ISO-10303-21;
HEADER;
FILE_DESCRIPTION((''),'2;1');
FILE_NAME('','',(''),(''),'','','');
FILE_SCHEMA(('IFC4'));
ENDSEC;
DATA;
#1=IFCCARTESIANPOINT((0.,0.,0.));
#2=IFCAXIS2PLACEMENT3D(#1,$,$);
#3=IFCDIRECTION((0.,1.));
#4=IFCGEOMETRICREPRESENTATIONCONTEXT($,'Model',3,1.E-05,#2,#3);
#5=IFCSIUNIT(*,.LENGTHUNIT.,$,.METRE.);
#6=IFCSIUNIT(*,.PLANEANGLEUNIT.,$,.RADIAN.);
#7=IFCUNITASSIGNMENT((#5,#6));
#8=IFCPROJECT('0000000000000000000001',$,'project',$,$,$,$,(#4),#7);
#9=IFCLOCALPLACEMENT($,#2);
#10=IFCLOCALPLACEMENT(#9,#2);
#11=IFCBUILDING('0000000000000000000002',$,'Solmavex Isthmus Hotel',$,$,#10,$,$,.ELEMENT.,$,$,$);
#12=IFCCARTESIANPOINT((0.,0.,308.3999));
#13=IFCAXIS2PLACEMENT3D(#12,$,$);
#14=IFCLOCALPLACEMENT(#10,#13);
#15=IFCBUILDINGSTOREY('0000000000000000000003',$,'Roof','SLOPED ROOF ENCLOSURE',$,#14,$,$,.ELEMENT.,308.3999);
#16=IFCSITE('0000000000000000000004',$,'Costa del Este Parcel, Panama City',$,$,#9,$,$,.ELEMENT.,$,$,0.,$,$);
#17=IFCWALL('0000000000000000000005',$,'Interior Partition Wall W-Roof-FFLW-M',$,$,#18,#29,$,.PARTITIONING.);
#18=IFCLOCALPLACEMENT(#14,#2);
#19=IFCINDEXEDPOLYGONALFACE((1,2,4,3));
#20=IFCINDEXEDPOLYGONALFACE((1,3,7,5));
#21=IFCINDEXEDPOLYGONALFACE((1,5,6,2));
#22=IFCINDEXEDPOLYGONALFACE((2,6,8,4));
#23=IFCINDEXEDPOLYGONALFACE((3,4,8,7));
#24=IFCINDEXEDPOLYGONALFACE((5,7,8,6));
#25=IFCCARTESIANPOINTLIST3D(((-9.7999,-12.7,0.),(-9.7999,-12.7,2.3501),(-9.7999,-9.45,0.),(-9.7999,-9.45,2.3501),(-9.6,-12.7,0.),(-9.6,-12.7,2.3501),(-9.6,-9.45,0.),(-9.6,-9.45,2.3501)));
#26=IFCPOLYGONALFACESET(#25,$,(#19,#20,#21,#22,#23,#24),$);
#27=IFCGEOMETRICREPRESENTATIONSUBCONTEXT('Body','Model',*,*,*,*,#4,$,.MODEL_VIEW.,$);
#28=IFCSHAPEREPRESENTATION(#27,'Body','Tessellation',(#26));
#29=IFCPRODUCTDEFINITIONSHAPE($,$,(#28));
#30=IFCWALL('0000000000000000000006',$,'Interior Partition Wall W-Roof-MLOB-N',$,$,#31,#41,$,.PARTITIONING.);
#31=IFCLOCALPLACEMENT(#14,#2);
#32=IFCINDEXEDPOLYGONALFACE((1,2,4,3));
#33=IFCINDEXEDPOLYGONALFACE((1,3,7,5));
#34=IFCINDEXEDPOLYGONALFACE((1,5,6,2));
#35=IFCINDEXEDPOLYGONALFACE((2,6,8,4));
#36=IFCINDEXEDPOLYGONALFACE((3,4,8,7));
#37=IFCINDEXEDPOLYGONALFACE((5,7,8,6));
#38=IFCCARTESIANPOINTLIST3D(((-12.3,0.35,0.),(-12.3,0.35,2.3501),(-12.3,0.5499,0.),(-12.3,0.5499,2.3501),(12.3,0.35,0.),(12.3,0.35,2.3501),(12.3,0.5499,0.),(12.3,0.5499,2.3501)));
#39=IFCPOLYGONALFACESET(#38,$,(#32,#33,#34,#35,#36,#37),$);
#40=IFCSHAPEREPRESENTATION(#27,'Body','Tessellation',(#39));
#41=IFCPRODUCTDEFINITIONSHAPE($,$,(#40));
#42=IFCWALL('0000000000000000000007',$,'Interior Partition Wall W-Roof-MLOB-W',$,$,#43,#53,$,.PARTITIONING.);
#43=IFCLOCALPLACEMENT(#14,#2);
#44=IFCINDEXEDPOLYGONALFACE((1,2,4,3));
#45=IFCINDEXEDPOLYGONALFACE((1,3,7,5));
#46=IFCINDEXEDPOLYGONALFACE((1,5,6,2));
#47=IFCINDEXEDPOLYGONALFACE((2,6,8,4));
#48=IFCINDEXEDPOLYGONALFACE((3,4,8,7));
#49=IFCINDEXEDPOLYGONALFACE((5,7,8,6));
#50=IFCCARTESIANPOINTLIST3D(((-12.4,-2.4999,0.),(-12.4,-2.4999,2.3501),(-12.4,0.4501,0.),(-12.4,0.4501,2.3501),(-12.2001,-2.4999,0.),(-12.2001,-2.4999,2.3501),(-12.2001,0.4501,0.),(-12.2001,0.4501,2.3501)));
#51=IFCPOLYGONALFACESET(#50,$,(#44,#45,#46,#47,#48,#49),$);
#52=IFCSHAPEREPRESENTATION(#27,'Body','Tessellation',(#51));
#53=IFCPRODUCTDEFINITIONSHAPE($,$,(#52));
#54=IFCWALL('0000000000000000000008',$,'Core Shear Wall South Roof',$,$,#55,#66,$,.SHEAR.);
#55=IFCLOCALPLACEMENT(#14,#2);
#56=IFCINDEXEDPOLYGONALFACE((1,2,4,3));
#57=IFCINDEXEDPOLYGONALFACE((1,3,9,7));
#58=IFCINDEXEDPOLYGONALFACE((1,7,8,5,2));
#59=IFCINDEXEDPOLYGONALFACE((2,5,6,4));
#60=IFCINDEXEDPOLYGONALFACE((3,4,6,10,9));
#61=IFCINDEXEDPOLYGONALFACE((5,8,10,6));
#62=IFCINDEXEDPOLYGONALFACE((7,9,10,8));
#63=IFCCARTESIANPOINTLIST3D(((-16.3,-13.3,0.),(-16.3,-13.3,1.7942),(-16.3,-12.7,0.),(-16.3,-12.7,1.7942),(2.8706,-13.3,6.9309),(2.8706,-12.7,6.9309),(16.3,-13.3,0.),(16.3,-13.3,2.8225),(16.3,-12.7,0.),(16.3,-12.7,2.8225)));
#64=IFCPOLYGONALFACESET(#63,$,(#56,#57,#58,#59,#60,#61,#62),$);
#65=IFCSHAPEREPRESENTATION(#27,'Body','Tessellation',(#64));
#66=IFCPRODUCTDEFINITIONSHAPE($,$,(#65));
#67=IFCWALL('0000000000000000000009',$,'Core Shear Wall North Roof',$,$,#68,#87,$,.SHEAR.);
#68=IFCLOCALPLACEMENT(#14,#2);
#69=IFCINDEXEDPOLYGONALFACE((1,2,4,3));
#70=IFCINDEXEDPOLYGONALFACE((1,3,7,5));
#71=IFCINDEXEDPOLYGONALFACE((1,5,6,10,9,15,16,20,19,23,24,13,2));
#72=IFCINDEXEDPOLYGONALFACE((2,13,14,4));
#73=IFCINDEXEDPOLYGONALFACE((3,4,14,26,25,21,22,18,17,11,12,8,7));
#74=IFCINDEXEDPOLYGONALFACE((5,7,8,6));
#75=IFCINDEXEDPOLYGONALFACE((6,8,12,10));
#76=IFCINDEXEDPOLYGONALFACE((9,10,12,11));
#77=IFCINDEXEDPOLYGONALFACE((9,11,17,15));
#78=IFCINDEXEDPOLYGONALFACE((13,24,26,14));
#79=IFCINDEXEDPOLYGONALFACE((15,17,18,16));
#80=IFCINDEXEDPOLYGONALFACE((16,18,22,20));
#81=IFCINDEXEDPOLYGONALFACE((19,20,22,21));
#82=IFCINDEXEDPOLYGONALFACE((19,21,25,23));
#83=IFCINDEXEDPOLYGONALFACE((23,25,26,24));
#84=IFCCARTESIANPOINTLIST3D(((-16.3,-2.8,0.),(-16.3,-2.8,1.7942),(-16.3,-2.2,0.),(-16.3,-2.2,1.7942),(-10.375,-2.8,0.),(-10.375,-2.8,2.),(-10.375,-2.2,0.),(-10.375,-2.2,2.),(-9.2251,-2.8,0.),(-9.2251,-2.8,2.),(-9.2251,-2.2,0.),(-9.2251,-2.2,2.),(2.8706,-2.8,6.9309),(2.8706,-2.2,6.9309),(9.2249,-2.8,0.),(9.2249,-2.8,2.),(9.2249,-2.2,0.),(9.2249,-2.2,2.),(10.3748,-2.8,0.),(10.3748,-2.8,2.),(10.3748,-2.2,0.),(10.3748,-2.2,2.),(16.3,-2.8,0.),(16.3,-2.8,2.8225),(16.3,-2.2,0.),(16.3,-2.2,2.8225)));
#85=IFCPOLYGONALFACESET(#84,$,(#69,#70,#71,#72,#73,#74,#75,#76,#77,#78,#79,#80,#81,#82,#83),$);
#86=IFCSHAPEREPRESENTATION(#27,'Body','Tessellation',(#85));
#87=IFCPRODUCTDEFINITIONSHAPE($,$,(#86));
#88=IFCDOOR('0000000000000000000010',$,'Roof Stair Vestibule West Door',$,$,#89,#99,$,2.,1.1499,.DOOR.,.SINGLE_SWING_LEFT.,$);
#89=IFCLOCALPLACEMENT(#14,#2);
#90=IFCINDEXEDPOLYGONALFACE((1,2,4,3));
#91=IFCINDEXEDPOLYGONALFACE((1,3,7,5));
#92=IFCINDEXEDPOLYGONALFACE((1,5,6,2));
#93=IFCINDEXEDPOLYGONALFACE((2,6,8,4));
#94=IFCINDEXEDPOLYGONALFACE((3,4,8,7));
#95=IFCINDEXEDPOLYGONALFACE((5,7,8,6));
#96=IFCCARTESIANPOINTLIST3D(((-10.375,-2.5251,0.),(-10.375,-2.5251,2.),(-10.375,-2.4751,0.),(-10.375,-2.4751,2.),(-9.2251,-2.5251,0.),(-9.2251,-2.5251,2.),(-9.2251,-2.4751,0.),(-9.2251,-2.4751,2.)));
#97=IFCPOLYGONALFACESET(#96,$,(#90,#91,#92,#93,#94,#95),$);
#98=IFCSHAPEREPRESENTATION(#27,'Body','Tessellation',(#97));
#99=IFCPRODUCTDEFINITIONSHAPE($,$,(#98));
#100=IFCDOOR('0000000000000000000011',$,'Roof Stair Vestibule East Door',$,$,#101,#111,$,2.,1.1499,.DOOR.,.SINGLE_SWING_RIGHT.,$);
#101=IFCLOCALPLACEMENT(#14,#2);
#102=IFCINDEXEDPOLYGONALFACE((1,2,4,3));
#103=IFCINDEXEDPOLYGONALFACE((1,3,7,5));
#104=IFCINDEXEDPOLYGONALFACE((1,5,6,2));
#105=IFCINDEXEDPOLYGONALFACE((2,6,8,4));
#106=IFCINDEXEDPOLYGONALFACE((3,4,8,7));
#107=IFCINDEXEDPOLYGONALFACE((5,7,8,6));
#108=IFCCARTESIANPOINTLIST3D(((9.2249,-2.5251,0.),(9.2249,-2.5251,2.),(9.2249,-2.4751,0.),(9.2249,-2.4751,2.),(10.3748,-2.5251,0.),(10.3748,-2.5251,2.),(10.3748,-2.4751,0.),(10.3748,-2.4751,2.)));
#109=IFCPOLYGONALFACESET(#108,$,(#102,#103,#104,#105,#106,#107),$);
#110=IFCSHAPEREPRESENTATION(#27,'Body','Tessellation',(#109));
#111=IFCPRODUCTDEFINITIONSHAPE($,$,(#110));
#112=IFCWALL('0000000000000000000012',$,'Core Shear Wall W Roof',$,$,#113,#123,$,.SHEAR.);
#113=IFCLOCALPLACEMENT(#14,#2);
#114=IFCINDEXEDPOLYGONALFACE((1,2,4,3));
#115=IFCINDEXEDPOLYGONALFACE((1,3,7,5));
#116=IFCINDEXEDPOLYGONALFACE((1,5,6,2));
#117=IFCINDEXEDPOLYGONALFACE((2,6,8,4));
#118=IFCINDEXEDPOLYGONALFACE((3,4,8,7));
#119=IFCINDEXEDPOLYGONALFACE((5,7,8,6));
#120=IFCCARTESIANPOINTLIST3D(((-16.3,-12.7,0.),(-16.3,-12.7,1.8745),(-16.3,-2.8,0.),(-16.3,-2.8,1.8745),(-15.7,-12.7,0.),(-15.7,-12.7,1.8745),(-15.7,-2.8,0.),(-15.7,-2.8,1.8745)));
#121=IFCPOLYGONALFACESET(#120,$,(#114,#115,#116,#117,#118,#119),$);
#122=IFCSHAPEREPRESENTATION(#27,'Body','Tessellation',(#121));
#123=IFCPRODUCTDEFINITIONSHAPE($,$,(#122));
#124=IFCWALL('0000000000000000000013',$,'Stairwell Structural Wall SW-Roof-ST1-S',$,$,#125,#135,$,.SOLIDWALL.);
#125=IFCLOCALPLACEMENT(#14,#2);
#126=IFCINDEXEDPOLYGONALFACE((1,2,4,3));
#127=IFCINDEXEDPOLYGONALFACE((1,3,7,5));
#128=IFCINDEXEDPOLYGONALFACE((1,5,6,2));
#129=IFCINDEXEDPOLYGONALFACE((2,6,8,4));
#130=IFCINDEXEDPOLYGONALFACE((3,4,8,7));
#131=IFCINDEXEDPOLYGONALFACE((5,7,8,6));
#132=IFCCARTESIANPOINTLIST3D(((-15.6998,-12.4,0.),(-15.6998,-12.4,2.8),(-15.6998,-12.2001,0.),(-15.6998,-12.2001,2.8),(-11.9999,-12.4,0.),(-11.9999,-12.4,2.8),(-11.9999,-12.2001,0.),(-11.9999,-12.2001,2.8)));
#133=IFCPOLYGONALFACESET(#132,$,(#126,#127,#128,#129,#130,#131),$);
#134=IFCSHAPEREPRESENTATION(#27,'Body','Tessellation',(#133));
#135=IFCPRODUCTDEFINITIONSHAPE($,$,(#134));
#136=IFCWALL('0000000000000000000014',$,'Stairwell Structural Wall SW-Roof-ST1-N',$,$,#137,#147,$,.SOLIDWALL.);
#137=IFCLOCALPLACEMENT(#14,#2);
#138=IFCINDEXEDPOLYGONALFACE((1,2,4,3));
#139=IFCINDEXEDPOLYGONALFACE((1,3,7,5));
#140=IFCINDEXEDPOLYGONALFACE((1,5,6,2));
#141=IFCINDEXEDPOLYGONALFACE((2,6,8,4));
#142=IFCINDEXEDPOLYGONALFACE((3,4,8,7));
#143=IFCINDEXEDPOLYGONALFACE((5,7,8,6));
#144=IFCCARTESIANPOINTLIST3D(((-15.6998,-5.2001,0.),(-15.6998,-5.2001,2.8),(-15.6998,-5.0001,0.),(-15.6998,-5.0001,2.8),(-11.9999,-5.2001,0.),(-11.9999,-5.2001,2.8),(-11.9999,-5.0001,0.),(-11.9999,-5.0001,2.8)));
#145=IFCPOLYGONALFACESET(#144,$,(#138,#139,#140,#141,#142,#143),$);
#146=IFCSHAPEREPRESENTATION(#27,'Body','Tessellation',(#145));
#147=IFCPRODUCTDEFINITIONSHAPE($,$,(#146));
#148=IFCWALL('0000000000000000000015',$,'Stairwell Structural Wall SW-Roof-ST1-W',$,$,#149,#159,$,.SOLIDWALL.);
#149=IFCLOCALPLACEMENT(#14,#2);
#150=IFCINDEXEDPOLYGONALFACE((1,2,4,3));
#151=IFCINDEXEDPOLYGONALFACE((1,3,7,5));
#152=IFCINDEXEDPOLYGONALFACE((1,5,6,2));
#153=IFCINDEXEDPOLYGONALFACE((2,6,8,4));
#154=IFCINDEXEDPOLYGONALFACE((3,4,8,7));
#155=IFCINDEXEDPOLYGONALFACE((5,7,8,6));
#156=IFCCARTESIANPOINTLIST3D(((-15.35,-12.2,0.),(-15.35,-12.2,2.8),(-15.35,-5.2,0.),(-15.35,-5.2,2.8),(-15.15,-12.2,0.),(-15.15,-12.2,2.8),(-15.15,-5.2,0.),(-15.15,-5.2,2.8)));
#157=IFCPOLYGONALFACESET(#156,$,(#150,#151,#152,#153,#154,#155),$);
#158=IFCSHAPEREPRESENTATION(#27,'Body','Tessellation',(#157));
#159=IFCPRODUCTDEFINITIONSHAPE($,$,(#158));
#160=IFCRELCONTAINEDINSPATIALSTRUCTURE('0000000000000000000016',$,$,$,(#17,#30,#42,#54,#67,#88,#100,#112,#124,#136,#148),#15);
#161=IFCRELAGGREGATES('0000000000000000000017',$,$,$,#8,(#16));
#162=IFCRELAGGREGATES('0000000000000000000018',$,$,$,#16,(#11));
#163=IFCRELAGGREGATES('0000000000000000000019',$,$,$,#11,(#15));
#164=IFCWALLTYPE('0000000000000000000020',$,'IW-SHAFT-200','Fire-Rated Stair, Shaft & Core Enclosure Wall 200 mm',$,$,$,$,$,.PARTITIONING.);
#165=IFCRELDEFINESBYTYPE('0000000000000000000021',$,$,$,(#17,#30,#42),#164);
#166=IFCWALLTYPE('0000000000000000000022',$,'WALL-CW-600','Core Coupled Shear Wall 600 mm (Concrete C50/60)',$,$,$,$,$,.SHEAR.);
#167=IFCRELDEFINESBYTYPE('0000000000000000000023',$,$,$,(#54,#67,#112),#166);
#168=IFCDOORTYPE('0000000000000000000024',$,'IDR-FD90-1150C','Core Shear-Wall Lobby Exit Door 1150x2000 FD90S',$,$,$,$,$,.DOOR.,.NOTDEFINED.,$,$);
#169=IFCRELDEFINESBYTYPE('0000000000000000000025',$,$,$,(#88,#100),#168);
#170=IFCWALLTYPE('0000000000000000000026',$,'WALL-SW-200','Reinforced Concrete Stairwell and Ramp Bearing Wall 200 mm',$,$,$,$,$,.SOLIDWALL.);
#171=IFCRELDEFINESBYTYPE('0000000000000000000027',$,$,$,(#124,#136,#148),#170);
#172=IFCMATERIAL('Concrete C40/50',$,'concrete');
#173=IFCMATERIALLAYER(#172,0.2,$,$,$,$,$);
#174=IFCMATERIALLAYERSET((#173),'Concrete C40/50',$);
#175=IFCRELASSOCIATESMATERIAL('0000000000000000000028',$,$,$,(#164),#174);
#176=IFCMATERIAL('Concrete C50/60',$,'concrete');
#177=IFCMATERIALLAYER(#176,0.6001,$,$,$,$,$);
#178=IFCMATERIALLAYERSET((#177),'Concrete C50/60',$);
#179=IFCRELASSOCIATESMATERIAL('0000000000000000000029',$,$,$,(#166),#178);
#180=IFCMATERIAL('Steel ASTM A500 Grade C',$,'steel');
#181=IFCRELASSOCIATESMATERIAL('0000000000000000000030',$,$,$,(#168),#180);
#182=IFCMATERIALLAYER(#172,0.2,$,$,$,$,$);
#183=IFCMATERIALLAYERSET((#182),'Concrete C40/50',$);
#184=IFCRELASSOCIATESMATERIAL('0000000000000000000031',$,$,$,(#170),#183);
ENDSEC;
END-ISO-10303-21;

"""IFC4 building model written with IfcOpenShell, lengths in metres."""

from ifc_helpers import new_model, si_unit, direction, frame, frame_2d, origin, place, context, subcontext, project, spatial, polyline, rectangle, outline, extrude, material, layer, layer_set, type_object, element, fill, save


model = new_model("IFC4")

# Units and contexts
model_context = context("Model", 3, precision=1e-05, world=origin(), true_north=direction((0.0, 1.0)))
body_context = subcontext(model_context, "Body", "Model", "MODEL_VIEW")
ifc_project = project(units=[si_unit("LENGTHUNIT", "METRE"), si_unit("PLANEANGLEUNIT", "RADIAN")], contexts=[model_context])

# Site, building, storey
site_placement = place(None, origin())
site = spatial("IfcSite", under=ifc_project, at=site_placement, Name="Costa del Este Parcel, Panama City", CompositionType="ELEMENT", RefElevation=0.0)
building_placement = place(site_placement, origin())
building = spatial("IfcBuilding", under=site, at=building_placement, Name="Solmavex Isthmus Hotel", CompositionType="ELEMENT")
storey_placement = place(building_placement, frame((0.0, 0.0, 308.3999)))
storey = spatial("IfcBuildingStorey", under=building, at=storey_placement, Name="Roof", Description="SLOPED ROOF ENCLOSURE", CompositionType="ELEMENT", Elevation=308.3999)

# Shared definitions
ifc_material_1 = material(Name="Concrete C50/60", Category="concrete")

# Shared definitions
ifc_material_2 = material(Name="Concrete C40/50", Category="concrete")
ifc_layer_1 = layer(ifc_material_2, 0.2)
ifc_layer_set_1 = layer_set([ifc_layer_1], Name="Concrete C40/50")
wall_type_1 = type_object("IfcWallType", Name="IW-SHAFT-200", Description="Fire-Rated Stair, Shaft & Core Enclosure Wall 200 mm", PredefinedType="PARTITIONING", material=ifc_layer_set_1)

# Walls
wall_1_placement = place(storey_placement, frame((-9.7, -12.7, 0.0), z_axis=(0.0, 0.0, 1.0), x_axis=(0.0, 1.0, 0.0)))
element("IfcWall", 1, at=wall_1_placement, inside=storey, type_object=wall_type_1, Name="Interior Partition Wall W-Roof-FFLW-M", PredefinedType="PARTITIONING", context=body_context, shape_type="SweptSolid", body=[
    extrude(rectangle(XDim=3.25, YDim=0.2, at=frame_2d((1.625, 0.0))), origin(), (0.0, 0.0, 1.0), 2.3501),
])
wall_2_placement = place(storey_placement, frame((-12.3, 0.45, 0.0), z_axis=(0.0, 0.0, 1.0), x_axis=(1.0, 0.0, 0.0)))
element("IfcWall", 2, at=wall_2_placement, inside=storey, type_object=wall_type_1, Name="Interior Partition Wall W-Roof-MLOB-N", PredefinedType="PARTITIONING", context=body_context, shape_type="SweptSolid", body=[
    extrude(rectangle(XDim=24.6001, YDim=0.2, at=frame_2d((12.3, 0.0))), origin(), (0.0, 0.0, 1.0), 2.3501),
])
wall_3_placement = place(storey_placement, frame((-12.3, -2.5, 0.0), z_axis=(0.0, 0.0, 1.0), x_axis=(0.0, 1.0, 0.0)))
element("IfcWall", 3, at=wall_3_placement, inside=storey, type_object=wall_type_1, Name="Interior Partition Wall W-Roof-MLOB-W", PredefinedType="PARTITIONING", context=body_context, shape_type="SweptSolid", body=[
    extrude(rectangle(XDim=2.95, YDim=0.2, at=frame_2d((1.4751, 0.0))), origin(), (0.0, 0.0, 1.0), 2.3501),
])
ifc_layer_2 = layer(ifc_material_1, 0.6001)
ifc_layer_set_2 = layer_set([ifc_layer_2], Name="Concrete C50/60")
wall_type_2 = type_object("IfcWallType", Name="WALL-CW-600", Description="Core Coupled Shear Wall 600 mm (Concrete C50/60)", PredefinedType="SHEAR", material=ifc_layer_set_2)
wall_4_placement = place(storey_placement, frame((-16.3, -13.0, 0.0), z_axis=(0.0, 0.0, 1.0), x_axis=(1.0, 0.0, 0.0)))
element("IfcWall", 4, at=wall_4_placement, inside=storey, type_object=wall_type_2, Name="Core Shear Wall South Roof", PredefinedType="SHEAR", context=body_context, shape_type="SweptSolid", body=[
    extrude(outline(polyline([(0.0, 0.0), (32.6001, 0.0), (32.6001, 2.8225), (19.1707, 6.9309), (0.0, 1.7942), (0.0, 0.0)])), frame((0.0, 0.3, 0.0), z_axis=(0.0, -1.0, 0.0), x_axis=(1.0, 0.0, 0.0)), (0.0, 0.0, 1.0), 0.6001),
])

# Wall, openings, doors
wall_5_placement = place(storey_placement, frame((-16.3, -2.5, 0.0), z_axis=(0.0, 0.0, 1.0), x_axis=(1.0, 0.0, 0.0)))
wall_5 = element("IfcWall", 5, at=wall_5_placement, inside=storey, type_object=wall_type_2, Name="Core Shear Wall North Roof", PredefinedType="SHEAR", context=body_context, shape_type="SweptSolid", body=[
    extrude(outline(polyline([(0.0, 0.0), (32.6001, 0.0), (32.6001, 2.8225), (19.1707, 6.9309), (0.0, 1.7942), (0.0, 0.0)])), frame((0.0, 0.3, 0.0), z_axis=(0.0, -1.0, 0.0), x_axis=(1.0, 0.0, 0.0)), (0.0, 0.0, 1.0), 0.6001),
])
opening_1_placement = place(wall_5_placement, frame((5.925, 0.0, 0.0)))
opening_1 = element("IfcOpeningElement", 6, at=opening_1_placement, cuts=wall_5, PredefinedType="OPENING", context=body_context, shape_type="SweptSolid", body=[
    extrude(rectangle(XDim=1.1499, YDim=2.0, at=frame_2d((0.575, 1.0))), frame((0.0, 0.3101, 0.0), z_axis=(0.0, -1.0, 0.0), x_axis=(1.0, 0.0, 0.0)), (0.0, 0.0, 1.0), 0.6201),
])
opening_2_placement = place(wall_5_placement, frame((25.5249, 0.0, 0.0)))
opening_2 = element("IfcOpeningElement", 7, at=opening_2_placement, cuts=wall_5, PredefinedType="OPENING", context=body_context, shape_type="SweptSolid", body=[
    extrude(rectangle(XDim=1.1499, YDim=2.0, at=frame_2d((0.575, 1.0))), frame((0.0, 0.3101, 0.0), z_axis=(0.0, -1.0, 0.0), x_axis=(1.0, 0.0, 0.0)), (0.0, 0.0, 1.0), 0.6201),
])
ifc_material_3 = material(Name="Steel ASTM A500 Grade C", Category="steel")
door_type_1 = type_object("IfcDoorType", Name="IDR-FD90-1150C", Description="Core Shear-Wall Lobby Exit Door 1150x2000 FD90S", OperationType="NOTDEFINED", PredefinedType="DOOR", material=ifc_material_3)
door_1_placement = place(opening_1_placement, origin())
door_1 = element("IfcDoor", 8, at=door_1_placement, inside=storey, type_object=door_type_1, Name="Roof Stair Vestibule West Door", OperationType="SINGLE_SWING_LEFT", OverallHeight=2.0, OverallWidth=1.1499, PredefinedType="DOOR", context=body_context, shape_type="SweptSolid", body=[
    extrude(rectangle(XDim=1.1499, YDim=2.0, at=frame_2d((0.575, 1.0))), frame((0.0, 0.0249, 0.0), z_axis=(0.0, -1.0, 0.0), x_axis=(1.0, 0.0, 0.0)), (0.0, 0.0, 1.0), 0.05),
])
fill(opening_1, door_1)
door_2_placement = place(opening_2_placement, origin())
door_2 = element("IfcDoor", 9, at=door_2_placement, inside=storey, type_object=door_type_1, Name="Roof Stair Vestibule East Door", OperationType="SINGLE_SWING_RIGHT", OverallHeight=2.0, OverallWidth=1.1499, PredefinedType="DOOR", context=body_context, shape_type="SweptSolid", body=[
    extrude(rectangle(XDim=1.1499, YDim=2.0, at=frame_2d((0.575, 1.0))), frame((0.0, 0.0249, 0.0), z_axis=(0.0, -1.0, 0.0), x_axis=(1.0, 0.0, 0.0)), (0.0, 0.0, 1.0), 0.05),
])
fill(opening_2, door_2)

# Walls
wall_6_placement = place(storey_placement, frame((-16.0, -12.7, 0.0), z_axis=(0.0, 0.0, 1.0), x_axis=(0.0, 1.0, 0.0)))
element("IfcWall", 10, at=wall_6_placement, inside=storey, type_object=wall_type_2, Name="Core Shear Wall W Roof", PredefinedType="SHEAR", context=body_context, shape_type="SweptSolid", body=[
    extrude(rectangle(XDim=9.8999, YDim=0.6001, at=frame_2d((4.95, 0.0))), origin(), (0.0, 0.0, 1.0), 1.8745),
])
ifc_layer_3 = layer(ifc_material_2, 0.2)
ifc_layer_set_3 = layer_set([ifc_layer_3], Name="Concrete C40/50")
wall_type_3 = type_object("IfcWallType", Name="WALL-SW-200", Description="Reinforced Concrete Stairwell and Ramp Bearing Wall 200 mm", PredefinedType="SOLIDWALL", material=ifc_layer_set_3)
for number, where, z_axis, x_axis, name in (
    (11, (-15.7, -12.3, 0.0), (0.0, 0.0, 1.0), (1.0, 0.0, 0.0), "Stairwell Structural Wall SW-Roof-ST1-S"),
    (12, (-15.7, -5.1001, 0.0), (0.0, 0.0, 1.0), (1.0, 0.0, 0.0), "Stairwell Structural Wall SW-Roof-ST1-N"),
):
    element("IfcWall", number, at=place(storey_placement, frame(where, z_axis=z_axis, x_axis=x_axis)), inside=storey, type_object=wall_type_3, Name=name, PredefinedType="SOLIDWALL", context=body_context, shape_type="SweptSolid", body=[
        extrude(rectangle(XDim=3.7, YDim=0.2, at=frame_2d((1.8501, 0.0))), origin(), (0.0, 0.0, 1.0), 2.8),
    ])
wall_7_placement = place(storey_placement, frame((-15.25, -12.2, 0.0), z_axis=(0.0, 0.0, 1.0), x_axis=(0.0, 1.0, 0.0)))
element("IfcWall", 13, at=wall_7_placement, inside=storey, type_object=wall_type_3, Name="Stairwell Structural Wall SW-Roof-ST1-W", PredefinedType="SOLIDWALL", context=body_context, shape_type="SweptSolid", body=[
    extrude(rectangle(XDim=7.0, YDim=0.2, at=frame_2d((3.5, 0.0))), origin(), (0.0, 0.0, 1.0), 2.8),
])

save(model, "model.ifc")
